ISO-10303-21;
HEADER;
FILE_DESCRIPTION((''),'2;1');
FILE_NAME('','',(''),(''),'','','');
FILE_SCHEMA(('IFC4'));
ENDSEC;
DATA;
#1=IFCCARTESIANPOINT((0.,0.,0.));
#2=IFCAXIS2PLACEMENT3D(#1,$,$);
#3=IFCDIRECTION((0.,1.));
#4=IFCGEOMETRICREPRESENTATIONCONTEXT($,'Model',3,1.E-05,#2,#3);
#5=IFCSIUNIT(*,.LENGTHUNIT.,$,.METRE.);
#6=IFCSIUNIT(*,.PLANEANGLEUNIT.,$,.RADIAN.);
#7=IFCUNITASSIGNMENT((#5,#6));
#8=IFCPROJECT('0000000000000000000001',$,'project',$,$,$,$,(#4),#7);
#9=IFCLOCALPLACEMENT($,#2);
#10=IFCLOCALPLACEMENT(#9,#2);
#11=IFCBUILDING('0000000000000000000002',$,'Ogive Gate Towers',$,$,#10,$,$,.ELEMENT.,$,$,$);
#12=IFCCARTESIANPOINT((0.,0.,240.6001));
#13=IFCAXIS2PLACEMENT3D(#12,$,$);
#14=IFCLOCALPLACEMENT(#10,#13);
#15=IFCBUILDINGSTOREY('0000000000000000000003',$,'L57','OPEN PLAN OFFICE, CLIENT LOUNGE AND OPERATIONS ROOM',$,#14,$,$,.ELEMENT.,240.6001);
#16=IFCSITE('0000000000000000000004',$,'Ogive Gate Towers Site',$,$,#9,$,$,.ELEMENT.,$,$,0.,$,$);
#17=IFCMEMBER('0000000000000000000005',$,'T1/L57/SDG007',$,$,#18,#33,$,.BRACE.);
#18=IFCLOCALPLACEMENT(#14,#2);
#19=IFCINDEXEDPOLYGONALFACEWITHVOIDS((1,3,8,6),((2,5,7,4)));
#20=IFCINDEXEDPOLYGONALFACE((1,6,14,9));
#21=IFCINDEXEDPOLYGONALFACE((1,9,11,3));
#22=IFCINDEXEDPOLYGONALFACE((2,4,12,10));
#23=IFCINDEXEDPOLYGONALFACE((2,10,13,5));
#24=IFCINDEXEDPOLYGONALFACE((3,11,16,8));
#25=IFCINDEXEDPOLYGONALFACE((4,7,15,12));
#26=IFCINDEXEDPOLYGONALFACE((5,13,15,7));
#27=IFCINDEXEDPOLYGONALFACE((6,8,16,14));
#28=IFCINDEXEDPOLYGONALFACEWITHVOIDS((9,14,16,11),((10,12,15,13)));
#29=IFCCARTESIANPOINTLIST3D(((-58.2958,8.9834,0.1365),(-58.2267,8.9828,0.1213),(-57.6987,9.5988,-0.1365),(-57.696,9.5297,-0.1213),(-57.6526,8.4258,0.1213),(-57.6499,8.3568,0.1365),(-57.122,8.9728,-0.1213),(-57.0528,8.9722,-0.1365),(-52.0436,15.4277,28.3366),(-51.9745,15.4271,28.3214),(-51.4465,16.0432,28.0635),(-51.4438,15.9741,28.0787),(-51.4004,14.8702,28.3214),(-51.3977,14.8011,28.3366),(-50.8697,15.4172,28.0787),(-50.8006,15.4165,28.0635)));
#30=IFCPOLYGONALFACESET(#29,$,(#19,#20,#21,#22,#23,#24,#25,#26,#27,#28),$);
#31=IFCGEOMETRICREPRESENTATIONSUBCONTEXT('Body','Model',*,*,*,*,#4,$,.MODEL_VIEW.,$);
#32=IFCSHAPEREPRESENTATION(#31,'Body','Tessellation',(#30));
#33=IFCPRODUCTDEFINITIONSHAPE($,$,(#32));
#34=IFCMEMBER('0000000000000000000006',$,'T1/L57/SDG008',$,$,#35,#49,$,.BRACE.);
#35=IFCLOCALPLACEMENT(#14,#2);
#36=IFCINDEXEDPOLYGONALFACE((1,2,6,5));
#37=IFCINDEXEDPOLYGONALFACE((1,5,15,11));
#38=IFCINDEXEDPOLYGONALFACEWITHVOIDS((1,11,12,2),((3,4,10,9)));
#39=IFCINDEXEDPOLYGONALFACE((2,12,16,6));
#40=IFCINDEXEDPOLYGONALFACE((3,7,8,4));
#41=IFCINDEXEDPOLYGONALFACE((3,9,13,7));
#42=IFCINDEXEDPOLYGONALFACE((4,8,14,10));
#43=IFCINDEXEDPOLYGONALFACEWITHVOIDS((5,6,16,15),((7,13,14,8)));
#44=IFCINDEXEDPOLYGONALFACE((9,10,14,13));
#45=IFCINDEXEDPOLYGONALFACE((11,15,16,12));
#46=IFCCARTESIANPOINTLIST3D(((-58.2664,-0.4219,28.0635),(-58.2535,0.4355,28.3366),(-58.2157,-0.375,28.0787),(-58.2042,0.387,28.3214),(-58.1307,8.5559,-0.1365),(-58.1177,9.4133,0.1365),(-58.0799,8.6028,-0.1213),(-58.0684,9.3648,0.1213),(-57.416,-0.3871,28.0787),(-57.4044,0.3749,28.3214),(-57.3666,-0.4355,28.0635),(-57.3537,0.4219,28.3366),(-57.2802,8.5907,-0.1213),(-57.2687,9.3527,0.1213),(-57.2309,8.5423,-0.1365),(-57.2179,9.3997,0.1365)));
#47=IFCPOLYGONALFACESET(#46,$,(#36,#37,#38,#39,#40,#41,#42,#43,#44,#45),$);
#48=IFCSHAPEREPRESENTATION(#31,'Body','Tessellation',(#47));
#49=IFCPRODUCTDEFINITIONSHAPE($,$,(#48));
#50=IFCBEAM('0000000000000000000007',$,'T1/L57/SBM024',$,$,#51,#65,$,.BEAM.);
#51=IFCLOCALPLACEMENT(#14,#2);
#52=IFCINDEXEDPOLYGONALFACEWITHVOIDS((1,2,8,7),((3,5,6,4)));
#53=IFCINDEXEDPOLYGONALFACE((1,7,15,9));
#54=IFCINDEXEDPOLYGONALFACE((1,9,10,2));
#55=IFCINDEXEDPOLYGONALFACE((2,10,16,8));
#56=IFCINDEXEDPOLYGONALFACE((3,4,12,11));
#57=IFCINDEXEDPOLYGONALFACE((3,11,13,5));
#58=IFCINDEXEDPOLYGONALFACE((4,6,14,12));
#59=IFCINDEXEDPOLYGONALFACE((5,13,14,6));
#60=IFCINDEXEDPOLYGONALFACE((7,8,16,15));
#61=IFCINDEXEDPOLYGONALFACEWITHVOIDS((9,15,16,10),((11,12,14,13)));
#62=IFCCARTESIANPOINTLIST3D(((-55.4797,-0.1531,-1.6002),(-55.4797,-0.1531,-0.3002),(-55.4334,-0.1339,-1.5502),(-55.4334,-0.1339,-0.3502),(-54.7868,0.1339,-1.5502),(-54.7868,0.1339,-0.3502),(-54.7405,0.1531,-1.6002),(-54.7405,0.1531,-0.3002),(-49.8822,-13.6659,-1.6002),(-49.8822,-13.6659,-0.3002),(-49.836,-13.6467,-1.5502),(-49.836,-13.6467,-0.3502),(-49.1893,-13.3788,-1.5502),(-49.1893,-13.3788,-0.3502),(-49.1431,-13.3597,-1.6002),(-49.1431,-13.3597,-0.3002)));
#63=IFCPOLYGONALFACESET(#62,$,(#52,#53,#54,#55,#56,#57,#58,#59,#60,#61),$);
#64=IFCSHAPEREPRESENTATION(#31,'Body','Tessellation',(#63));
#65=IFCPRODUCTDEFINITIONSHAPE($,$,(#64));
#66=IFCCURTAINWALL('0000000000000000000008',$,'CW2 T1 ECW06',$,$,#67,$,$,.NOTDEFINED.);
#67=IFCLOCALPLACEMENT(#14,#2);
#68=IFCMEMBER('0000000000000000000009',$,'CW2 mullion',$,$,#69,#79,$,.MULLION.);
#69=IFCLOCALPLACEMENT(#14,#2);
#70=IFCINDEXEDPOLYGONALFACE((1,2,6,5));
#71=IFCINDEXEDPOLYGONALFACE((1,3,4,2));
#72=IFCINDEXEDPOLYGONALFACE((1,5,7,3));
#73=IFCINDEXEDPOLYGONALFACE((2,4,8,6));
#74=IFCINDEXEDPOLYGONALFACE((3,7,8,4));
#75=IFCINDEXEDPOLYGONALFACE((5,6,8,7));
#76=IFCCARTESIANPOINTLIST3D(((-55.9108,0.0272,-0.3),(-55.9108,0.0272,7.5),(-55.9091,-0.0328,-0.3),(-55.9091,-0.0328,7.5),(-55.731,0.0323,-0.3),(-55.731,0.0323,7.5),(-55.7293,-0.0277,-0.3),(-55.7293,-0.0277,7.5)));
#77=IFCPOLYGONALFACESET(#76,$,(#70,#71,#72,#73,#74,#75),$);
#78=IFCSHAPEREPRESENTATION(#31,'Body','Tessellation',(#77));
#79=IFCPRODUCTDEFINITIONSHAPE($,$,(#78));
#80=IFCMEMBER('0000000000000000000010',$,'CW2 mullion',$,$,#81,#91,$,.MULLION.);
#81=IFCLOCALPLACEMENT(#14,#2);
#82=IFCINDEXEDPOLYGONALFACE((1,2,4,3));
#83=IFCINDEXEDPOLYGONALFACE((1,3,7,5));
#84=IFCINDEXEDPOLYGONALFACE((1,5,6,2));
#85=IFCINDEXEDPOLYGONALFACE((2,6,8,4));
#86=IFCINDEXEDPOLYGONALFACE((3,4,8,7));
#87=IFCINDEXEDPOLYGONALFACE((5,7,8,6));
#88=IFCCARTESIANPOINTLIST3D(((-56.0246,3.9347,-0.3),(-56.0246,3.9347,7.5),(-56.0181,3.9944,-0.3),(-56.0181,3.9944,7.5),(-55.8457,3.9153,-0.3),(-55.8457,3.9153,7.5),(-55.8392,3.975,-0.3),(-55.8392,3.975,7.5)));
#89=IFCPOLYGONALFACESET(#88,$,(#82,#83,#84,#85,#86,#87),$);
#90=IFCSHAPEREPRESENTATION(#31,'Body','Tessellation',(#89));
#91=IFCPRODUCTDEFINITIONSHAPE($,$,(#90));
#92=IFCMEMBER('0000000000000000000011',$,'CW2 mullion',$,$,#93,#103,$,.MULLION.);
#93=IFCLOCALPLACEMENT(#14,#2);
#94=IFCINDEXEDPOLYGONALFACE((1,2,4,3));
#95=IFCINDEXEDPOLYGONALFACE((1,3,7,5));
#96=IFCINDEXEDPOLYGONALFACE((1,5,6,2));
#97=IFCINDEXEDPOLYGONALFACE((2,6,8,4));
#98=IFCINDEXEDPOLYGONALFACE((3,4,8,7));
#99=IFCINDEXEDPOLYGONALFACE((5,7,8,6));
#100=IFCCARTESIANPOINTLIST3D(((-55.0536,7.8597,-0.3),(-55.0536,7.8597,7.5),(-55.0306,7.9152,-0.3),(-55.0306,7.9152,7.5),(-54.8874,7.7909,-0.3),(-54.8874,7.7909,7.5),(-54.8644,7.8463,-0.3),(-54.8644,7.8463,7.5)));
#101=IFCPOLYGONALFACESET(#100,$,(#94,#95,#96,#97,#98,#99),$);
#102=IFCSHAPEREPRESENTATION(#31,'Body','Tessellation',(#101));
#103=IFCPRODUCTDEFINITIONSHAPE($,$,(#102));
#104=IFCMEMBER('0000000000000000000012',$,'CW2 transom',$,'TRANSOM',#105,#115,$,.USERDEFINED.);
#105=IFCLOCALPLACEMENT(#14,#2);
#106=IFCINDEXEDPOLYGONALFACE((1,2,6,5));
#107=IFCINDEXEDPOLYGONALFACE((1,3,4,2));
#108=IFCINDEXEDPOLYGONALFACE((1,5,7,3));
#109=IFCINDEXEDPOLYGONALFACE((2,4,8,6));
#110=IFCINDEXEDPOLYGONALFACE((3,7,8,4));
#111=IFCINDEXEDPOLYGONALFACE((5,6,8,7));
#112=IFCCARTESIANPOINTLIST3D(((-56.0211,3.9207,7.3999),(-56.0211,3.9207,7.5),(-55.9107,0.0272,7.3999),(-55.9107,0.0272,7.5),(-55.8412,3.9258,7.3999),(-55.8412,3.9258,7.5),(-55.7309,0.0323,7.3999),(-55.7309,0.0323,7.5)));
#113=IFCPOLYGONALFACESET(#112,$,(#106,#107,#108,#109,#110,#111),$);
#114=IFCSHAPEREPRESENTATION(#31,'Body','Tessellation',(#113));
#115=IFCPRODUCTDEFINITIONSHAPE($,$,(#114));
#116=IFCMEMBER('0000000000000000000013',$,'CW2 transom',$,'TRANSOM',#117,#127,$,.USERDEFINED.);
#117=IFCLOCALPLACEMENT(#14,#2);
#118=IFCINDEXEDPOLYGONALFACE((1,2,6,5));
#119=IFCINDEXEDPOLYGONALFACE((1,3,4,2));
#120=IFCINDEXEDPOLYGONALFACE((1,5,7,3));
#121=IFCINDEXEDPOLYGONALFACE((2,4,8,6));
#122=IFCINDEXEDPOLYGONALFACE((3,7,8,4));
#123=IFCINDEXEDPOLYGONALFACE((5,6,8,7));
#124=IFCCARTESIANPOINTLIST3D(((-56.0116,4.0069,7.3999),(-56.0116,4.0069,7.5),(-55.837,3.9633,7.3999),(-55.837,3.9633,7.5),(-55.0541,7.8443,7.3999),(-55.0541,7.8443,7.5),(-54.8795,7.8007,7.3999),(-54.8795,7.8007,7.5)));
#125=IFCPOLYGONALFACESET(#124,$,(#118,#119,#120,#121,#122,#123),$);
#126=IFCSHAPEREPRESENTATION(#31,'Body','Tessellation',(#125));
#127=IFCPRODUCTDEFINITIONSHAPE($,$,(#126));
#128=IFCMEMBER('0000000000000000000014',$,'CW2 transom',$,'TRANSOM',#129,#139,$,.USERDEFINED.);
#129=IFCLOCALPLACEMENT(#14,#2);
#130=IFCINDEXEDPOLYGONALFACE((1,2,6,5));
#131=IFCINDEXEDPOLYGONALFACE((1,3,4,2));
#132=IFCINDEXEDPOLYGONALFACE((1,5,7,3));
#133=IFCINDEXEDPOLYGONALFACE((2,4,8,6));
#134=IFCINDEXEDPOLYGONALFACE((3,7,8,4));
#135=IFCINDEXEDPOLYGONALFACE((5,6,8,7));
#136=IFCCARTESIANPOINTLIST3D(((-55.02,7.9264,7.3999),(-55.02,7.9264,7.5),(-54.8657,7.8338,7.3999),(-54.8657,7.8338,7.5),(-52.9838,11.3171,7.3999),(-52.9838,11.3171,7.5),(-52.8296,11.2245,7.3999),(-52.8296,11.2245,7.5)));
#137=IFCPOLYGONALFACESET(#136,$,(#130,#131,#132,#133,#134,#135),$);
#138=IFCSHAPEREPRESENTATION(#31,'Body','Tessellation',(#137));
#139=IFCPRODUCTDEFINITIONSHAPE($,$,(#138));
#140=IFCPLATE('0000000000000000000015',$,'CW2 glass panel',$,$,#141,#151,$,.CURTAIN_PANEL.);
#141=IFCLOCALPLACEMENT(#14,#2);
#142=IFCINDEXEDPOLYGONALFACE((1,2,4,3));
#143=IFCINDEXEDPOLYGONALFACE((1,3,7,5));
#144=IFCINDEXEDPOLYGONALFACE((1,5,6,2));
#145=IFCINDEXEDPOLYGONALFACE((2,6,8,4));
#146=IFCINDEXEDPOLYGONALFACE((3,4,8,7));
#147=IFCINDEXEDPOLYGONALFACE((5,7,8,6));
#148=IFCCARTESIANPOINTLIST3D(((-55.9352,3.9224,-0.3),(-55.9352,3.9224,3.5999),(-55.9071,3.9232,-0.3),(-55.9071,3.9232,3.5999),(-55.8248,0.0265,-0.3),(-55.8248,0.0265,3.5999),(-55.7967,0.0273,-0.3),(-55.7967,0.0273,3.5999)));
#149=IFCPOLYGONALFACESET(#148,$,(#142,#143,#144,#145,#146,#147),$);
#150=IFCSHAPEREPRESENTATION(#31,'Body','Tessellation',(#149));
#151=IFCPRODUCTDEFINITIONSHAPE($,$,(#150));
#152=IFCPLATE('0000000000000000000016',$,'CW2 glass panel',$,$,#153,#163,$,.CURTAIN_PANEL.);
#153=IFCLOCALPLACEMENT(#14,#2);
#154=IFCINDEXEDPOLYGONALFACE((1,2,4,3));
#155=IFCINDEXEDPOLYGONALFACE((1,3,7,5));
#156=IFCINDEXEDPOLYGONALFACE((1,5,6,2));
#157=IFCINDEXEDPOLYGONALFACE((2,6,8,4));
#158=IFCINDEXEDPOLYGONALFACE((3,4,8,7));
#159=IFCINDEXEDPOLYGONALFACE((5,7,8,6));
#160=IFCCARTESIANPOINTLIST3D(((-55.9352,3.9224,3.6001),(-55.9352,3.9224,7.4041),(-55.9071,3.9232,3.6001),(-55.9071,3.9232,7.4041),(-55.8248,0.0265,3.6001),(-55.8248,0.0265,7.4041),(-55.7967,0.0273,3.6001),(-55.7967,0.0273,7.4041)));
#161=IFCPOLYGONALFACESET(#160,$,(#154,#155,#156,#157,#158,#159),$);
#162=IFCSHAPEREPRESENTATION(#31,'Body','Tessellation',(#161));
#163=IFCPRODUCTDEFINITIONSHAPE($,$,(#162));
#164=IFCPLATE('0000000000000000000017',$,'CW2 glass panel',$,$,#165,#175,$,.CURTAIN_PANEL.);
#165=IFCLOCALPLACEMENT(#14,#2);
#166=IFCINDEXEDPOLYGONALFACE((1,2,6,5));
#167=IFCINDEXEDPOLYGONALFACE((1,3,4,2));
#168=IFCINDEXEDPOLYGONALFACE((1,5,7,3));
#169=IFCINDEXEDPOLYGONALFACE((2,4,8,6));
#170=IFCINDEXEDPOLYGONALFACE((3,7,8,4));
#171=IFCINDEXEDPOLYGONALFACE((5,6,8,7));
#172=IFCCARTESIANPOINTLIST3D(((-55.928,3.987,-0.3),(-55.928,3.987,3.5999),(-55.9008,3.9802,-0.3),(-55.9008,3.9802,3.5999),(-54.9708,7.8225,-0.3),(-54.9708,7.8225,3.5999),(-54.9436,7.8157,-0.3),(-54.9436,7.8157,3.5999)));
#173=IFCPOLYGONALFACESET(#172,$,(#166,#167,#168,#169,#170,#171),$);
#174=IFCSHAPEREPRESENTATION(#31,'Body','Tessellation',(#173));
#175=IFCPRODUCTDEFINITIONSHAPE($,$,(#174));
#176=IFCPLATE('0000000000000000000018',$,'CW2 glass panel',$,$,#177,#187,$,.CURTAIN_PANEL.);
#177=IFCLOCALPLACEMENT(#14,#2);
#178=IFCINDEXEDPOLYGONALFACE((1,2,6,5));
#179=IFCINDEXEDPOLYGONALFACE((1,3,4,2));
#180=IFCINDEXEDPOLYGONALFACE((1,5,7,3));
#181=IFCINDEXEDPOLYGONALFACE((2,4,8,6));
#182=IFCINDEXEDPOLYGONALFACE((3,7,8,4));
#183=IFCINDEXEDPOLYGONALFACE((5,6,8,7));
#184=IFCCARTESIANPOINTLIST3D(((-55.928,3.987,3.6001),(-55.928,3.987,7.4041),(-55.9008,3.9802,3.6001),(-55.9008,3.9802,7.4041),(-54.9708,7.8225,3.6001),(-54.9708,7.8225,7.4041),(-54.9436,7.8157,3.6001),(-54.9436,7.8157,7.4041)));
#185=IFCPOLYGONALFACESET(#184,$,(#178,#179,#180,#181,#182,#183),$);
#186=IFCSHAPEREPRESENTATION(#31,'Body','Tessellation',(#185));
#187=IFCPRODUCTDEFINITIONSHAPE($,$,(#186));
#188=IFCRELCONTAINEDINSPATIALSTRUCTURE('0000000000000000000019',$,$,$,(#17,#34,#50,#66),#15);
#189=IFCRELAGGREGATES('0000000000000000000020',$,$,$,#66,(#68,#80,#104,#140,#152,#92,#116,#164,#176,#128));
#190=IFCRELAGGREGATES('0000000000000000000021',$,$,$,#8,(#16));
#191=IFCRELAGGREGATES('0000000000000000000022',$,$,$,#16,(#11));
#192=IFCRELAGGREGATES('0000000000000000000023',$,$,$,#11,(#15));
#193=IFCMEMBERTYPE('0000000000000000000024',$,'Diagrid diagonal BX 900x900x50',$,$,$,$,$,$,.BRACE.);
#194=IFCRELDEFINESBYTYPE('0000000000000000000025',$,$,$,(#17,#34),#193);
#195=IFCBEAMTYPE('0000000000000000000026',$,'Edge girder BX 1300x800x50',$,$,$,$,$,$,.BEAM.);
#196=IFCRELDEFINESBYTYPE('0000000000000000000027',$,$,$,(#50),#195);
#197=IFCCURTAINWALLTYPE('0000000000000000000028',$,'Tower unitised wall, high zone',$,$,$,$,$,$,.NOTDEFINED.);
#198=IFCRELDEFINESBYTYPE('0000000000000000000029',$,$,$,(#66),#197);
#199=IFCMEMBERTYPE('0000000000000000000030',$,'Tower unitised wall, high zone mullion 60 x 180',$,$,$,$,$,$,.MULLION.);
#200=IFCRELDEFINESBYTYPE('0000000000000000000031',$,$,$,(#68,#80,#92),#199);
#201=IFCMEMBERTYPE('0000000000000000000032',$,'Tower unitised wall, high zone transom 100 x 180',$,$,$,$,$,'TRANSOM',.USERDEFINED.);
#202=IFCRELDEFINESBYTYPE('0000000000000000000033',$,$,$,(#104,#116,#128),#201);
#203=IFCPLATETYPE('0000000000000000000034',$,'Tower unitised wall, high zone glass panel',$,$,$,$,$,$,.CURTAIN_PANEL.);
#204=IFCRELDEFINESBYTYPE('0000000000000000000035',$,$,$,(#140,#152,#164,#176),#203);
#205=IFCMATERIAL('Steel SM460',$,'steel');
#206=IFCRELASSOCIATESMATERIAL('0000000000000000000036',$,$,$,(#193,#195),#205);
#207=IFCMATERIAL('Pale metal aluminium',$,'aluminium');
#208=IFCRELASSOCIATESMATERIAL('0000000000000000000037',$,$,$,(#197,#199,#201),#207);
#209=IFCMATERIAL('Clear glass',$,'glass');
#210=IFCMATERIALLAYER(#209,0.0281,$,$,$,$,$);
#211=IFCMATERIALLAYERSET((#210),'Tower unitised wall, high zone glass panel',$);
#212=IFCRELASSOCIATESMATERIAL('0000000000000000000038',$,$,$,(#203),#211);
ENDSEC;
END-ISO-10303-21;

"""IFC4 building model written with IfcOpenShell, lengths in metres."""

from ifc_helpers import new_model, si_unit, direction, frame, origin, origin_2d, place, context, subcontext, project, spatial, rectangle, hollow_rectangle, extrude, material, layer, layer_set, material_profile, profile_set, type_object, element, aggregate, save


model = new_model("IFC4")

# Units and contexts
model_context = context("Model", 3, precision=1e-05, world=origin(), true_north=direction((0.0, 1.0)))
body_context = subcontext(model_context, "Body", "Model", "MODEL_VIEW")
ifc_project = project(units=[si_unit("LENGTHUNIT", "METRE"), si_unit("PLANEANGLEUNIT", "RADIAN")], contexts=[model_context])

# Site, building, storey
site_placement = place(None, origin())
site = spatial("IfcSite", under=ifc_project, at=site_placement, Name="Ogive Gate Towers Site", CompositionType="ELEMENT", RefElevation=0.0)
building_placement = place(site_placement, origin())
building = spatial("IfcBuilding", under=site, at=building_placement, Name="Ogive Gate Towers", CompositionType="ELEMENT")
storey_placement = place(building_placement, frame((0.0, 0.0, 240.6001)))
storey = spatial("IfcBuildingStorey", under=building, at=storey_placement, Name="L57", Description="OPEN PLAN OFFICE, CLIENT LOUNGE AND OPERATIONS ROOM", CompositionType="ELEMENT", Elevation=240.6001)

# Members
ifc_material_1 = material(Name="Steel SM460", Category="steel")
ifc_material_profile_1 = material_profile(ifc_material_1, hollow_rectangle(XDim=0.8999, YDim=0.8999, WallThickness=0.05, at=origin_2d()), Name="BX 900x900x50")
ifc_profile_set_1 = profile_set([ifc_material_profile_1], Name="Steel SM460")
member_type_1 = type_object("IfcMemberType", Name="Diagrid diagonal BX 900x900x50", PredefinedType="BRACE", material=ifc_profile_set_1)
for number, where, z_axis, x_axis, name in (
    (1, (-57.6743, 8.9778, 0.0), (0.211259, 0.217752, 0.952866), (-0.717725, 0.696326, 0.0), "T1/L57/SDG007"),
    (2, (-57.6743, 8.9778, 0.0), (-0.004587, -0.303356, 0.952866), (0.999886, -0.015118, 0.0), "T1/L57/SDG008"),
):
    element("IfcMember", number, at=place(storey_placement, frame(where, z_axis=z_axis, x_axis=x_axis)), inside=storey, type_object=member_type_1, Name=name, PredefinedType="BRACE", context=body_context, shape_type="SweptSolid", body=[
        extrude(hollow_rectangle(XDim=0.8999, YDim=0.8999, WallThickness=0.05, at=origin_2d()), origin(), (0.0, 0.0, 1.0), 29.595),
    ])

# Beam
ifc_material_profile_2 = material_profile(ifc_material_1, hollow_rectangle(XDim=0.8, YDim=1.3, WallThickness=0.05, at=origin_2d()), Name="BX 1300x800x50")
ifc_profile_set_2 = profile_set([ifc_material_profile_2], Name="Steel SM460")
beam_type = type_object("IfcBeamType", Name="Edge girder BX 1300x800x50", PredefinedType="BEAM", material=ifc_profile_set_2)
beam_placement = place(storey_placement, frame((-55.1101, 0.0, -0.9502), z_axis=(0.382699, -0.923873, 0.0), x_axis=(0.923873, 0.382699, 0.0)))
element("IfcBeam", 3, at=beam_placement, inside=storey, type_object=beam_type, Name="T1/L57/SBM024", PredefinedType="BEAM", context=body_context, shape_type="SweptSolid", body=[
    extrude(hollow_rectangle(XDim=0.8, YDim=1.3, WallThickness=0.05, at=origin_2d()), origin(), (0.0, 0.0, 1.0), 14.6262),
])

# Curtain wall, members, plates
ifc_material_2 = material(Name="Pale metal aluminium", Category="aluminium")
curtain_wall_type = type_object("IfcCurtainWallType", Name="Tower unitised wall, high zone", PredefinedType="NOTDEFINED", material=ifc_material_2)
curtain_wall_1_placement = place(storey_placement, origin())
curtain_wall_1 = element("IfcCurtainWall", 4, at=curtain_wall_1_placement, inside=storey, type_object=curtain_wall_type, Name="CW2 T1 ECW06", PredefinedType="NOTDEFINED")
ifc_material_profile_3 = material_profile(ifc_material_2, rectangle(XDim=0.1799, YDim=0.0601, at=origin_2d()), Name="60 x 180 aluminium box")
ifc_profile_set_3 = profile_set([ifc_material_profile_3], Name="Pale metal aluminium")
member_type_2 = type_object("IfcMemberType", Name="Tower unitised wall, high zone mullion 60 x 180", PredefinedType="MULLION", material=ifc_profile_set_3)
member_1_placement = place(storey_placement, frame((-55.8201, -0.0002, -0.3), z_axis=(0.0, 0.0, 1.0), x_axis=(0.999599, 0.028323, 0.0)))
member_1 = element("IfcMember", 5, at=member_1_placement, type_object=member_type_2, Name="CW2 mullion", PredefinedType="MULLION", context=body_context, shape_type="SweptSolid", body=[
    extrude(rectangle(XDim=0.1799, YDim=0.0601, at=origin_2d()), origin(), (0.0, 0.0, 1.0), 7.8),
])
member_2_placement = place(storey_placement, frame((-55.9319, 3.9548, -0.3), z_axis=(0.0, 0.0, 1.0), x_axis=(0.99416, -0.107913, 0.0)))
member_2 = element("IfcMember", 6, at=member_2_placement, type_object=member_type_2, Name="CW2 mullion", PredefinedType="MULLION", context=body_context, shape_type="SweptSolid", body=[
    extrude(rectangle(XDim=0.1799, YDim=0.0601, at=origin_2d()), origin(), (0.0, 0.0, 1.0), 7.8),
])
member_3_placement = place(storey_placement, frame((-54.959, 7.853, -0.3), z_axis=(0.0, 0.0, 1.0), x_axis=(0.92388, -0.382683, 0.0)))
member_3 = element("IfcMember", 7, at=member_3_placement, type_object=member_type_2, Name="CW2 mullion", PredefinedType="MULLION", context=body_context, shape_type="SweptSolid", body=[
    extrude(rectangle(XDim=0.1799, YDim=0.0601, at=origin_2d()), origin(), (0.0, 0.0, 1.0), 7.8),
])
ifc_material_profile_4 = material_profile(ifc_material_2, rectangle(XDim=0.1799, YDim=0.1001, at=origin_2d()), Name="100 x 180 aluminium box")
ifc_profile_set_4 = profile_set([ifc_material_profile_4], Name="Pale metal aluminium")
member_type_3 = type_object("IfcMemberType", Name="Tower unitised wall, high zone transom 100 x 180", ElementType="TRANSOM", PredefinedType="USERDEFINED", material=ifc_profile_set_4)
member_4_placement = place(storey_placement, frame((-55.8208, 0.0298, 7.45), z_axis=(-0.028331, 0.999599, 0.0), x_axis=(-0.999599, -0.028331, 0.0)))
member_4 = element("IfcMember", 8, at=member_4_placement, type_object=member_type_3, Name="CW2 transom", ObjectType="TRANSOM", PredefinedType="USERDEFINED", context=body_context, shape_type="SweptSolid", body=[
    extrude(rectangle(XDim=0.1799, YDim=0.1001, at=origin_2d()), origin(), (0.0, 0.0, 1.0), 3.895),
])
member_5_placement = place(storey_placement, frame((-55.9243, 3.9851, 7.45), z_axis=(0.2421, 0.970251, 0.0), x_axis=(-0.970251, 0.2421, 0.0)))
member_5 = element("IfcMember", 9, at=member_5_placement, type_object=member_type_3, Name="CW2 transom", ObjectType="TRANSOM", PredefinedType="USERDEFINED", context=body_context, shape_type="SweptSolid", body=[
    extrude(rectangle(XDim=0.1799, YDim=0.1001, at=origin_2d()), origin(), (0.0, 0.0, 1.0), 3.9551),
])
member_6_placement = place(storey_placement, frame((-54.9429, 7.8801, 7.45), z_axis=(0.514823, 0.857297, 0.0), x_axis=(-0.857297, 0.514823, 0.0)))
member_6 = element("IfcMember", 10, at=member_6_placement, type_object=member_type_3, Name="CW2 transom", ObjectType="TRANSOM", PredefinedType="USERDEFINED", context=body_context, shape_type="SweptSolid", body=[
    extrude(rectangle(XDim=0.1799, YDim=0.1001, at=origin_2d()), origin(), (0.0, 0.0, 1.0), 3.9551),
])
ifc_material_3 = material(Name="Clear glass", Category="glass")
ifc_layer_1 = layer(ifc_material_3, 0.0281)
ifc_layer_set_1 = layer_set([ifc_layer_1], Name="Tower unitised wall, high zone glass panel")
plate_type = type_object("IfcPlateType", Name="Tower unitised wall, high zone glass panel", PredefinedType="CURTAIN_PANEL", material=ifc_layer_set_1)
plate_1_placement = place(storey_placement, frame((-55.866, 1.9749, -0.3), z_axis=(0.0, 0.0, 1.0), x_axis=(-0.028323, 0.999599, 0.0)))
plate_1 = element("IfcPlate", 11, at=plate_1_placement, type_object=plate_type, Name="CW2 glass panel", PredefinedType="CURTAIN_PANEL", context=body_context, shape_type="SweptSolid", body=[
    extrude(rectangle(XDim=3.8975, YDim=0.0281, at=origin_2d()), origin(), (0.0, 0.0, 1.0), 3.8999),
])
plate_2_placement = place(storey_placement, frame((-55.866, 1.9749, 3.6001), z_axis=(0.0, 0.0, 1.0), x_axis=(-0.028323, 0.999599, 0.0)))
plate_2 = element("IfcPlate", 12, at=plate_2_placement, type_object=plate_type, Name="CW2 glass panel", PredefinedType="CURTAIN_PANEL", context=body_context, shape_type="SweptSolid", body=[
    extrude(rectangle(XDim=3.8975, YDim=0.0281, at=origin_2d()), origin(), (0.0, 0.0, 1.0), 3.804),
])
plate_3_placement = place(storey_placement, frame((-55.4358, 5.9014, -0.3), z_axis=(0.0, 0.0, 1.0), x_axis=(0.242142, 0.970241, 0.0)))
plate_3 = element("IfcPlate", 13, at=plate_3_placement, type_object=plate_type, Name="CW2 glass panel", PredefinedType="CURTAIN_PANEL", context=body_context, shape_type="SweptSolid", body=[
    extrude(rectangle(XDim=3.9531, YDim=0.0281, at=origin_2d()), origin(), (0.0, 0.0, 1.0), 3.8999),
])
plate_4_placement = place(storey_placement, frame((-55.4358, 5.9014, 3.6001), z_axis=(0.0, 0.0, 1.0), x_axis=(0.242142, 0.970241, 0.0)))
plate_4 = element("IfcPlate", 14, at=plate_4_placement, type_object=plate_type, Name="CW2 glass panel", PredefinedType="CURTAIN_PANEL", context=body_context, shape_type="SweptSolid", body=[
    extrude(rectangle(XDim=3.9531, YDim=0.0281, at=origin_2d()), origin(), (0.0, 0.0, 1.0), 3.804),
])
aggregate(curtain_wall_1, [member_1, member_2, member_4, plate_1, plate_2, member_3, member_5, plate_3, plate_4, member_6])

save(model, "model.ifc")
